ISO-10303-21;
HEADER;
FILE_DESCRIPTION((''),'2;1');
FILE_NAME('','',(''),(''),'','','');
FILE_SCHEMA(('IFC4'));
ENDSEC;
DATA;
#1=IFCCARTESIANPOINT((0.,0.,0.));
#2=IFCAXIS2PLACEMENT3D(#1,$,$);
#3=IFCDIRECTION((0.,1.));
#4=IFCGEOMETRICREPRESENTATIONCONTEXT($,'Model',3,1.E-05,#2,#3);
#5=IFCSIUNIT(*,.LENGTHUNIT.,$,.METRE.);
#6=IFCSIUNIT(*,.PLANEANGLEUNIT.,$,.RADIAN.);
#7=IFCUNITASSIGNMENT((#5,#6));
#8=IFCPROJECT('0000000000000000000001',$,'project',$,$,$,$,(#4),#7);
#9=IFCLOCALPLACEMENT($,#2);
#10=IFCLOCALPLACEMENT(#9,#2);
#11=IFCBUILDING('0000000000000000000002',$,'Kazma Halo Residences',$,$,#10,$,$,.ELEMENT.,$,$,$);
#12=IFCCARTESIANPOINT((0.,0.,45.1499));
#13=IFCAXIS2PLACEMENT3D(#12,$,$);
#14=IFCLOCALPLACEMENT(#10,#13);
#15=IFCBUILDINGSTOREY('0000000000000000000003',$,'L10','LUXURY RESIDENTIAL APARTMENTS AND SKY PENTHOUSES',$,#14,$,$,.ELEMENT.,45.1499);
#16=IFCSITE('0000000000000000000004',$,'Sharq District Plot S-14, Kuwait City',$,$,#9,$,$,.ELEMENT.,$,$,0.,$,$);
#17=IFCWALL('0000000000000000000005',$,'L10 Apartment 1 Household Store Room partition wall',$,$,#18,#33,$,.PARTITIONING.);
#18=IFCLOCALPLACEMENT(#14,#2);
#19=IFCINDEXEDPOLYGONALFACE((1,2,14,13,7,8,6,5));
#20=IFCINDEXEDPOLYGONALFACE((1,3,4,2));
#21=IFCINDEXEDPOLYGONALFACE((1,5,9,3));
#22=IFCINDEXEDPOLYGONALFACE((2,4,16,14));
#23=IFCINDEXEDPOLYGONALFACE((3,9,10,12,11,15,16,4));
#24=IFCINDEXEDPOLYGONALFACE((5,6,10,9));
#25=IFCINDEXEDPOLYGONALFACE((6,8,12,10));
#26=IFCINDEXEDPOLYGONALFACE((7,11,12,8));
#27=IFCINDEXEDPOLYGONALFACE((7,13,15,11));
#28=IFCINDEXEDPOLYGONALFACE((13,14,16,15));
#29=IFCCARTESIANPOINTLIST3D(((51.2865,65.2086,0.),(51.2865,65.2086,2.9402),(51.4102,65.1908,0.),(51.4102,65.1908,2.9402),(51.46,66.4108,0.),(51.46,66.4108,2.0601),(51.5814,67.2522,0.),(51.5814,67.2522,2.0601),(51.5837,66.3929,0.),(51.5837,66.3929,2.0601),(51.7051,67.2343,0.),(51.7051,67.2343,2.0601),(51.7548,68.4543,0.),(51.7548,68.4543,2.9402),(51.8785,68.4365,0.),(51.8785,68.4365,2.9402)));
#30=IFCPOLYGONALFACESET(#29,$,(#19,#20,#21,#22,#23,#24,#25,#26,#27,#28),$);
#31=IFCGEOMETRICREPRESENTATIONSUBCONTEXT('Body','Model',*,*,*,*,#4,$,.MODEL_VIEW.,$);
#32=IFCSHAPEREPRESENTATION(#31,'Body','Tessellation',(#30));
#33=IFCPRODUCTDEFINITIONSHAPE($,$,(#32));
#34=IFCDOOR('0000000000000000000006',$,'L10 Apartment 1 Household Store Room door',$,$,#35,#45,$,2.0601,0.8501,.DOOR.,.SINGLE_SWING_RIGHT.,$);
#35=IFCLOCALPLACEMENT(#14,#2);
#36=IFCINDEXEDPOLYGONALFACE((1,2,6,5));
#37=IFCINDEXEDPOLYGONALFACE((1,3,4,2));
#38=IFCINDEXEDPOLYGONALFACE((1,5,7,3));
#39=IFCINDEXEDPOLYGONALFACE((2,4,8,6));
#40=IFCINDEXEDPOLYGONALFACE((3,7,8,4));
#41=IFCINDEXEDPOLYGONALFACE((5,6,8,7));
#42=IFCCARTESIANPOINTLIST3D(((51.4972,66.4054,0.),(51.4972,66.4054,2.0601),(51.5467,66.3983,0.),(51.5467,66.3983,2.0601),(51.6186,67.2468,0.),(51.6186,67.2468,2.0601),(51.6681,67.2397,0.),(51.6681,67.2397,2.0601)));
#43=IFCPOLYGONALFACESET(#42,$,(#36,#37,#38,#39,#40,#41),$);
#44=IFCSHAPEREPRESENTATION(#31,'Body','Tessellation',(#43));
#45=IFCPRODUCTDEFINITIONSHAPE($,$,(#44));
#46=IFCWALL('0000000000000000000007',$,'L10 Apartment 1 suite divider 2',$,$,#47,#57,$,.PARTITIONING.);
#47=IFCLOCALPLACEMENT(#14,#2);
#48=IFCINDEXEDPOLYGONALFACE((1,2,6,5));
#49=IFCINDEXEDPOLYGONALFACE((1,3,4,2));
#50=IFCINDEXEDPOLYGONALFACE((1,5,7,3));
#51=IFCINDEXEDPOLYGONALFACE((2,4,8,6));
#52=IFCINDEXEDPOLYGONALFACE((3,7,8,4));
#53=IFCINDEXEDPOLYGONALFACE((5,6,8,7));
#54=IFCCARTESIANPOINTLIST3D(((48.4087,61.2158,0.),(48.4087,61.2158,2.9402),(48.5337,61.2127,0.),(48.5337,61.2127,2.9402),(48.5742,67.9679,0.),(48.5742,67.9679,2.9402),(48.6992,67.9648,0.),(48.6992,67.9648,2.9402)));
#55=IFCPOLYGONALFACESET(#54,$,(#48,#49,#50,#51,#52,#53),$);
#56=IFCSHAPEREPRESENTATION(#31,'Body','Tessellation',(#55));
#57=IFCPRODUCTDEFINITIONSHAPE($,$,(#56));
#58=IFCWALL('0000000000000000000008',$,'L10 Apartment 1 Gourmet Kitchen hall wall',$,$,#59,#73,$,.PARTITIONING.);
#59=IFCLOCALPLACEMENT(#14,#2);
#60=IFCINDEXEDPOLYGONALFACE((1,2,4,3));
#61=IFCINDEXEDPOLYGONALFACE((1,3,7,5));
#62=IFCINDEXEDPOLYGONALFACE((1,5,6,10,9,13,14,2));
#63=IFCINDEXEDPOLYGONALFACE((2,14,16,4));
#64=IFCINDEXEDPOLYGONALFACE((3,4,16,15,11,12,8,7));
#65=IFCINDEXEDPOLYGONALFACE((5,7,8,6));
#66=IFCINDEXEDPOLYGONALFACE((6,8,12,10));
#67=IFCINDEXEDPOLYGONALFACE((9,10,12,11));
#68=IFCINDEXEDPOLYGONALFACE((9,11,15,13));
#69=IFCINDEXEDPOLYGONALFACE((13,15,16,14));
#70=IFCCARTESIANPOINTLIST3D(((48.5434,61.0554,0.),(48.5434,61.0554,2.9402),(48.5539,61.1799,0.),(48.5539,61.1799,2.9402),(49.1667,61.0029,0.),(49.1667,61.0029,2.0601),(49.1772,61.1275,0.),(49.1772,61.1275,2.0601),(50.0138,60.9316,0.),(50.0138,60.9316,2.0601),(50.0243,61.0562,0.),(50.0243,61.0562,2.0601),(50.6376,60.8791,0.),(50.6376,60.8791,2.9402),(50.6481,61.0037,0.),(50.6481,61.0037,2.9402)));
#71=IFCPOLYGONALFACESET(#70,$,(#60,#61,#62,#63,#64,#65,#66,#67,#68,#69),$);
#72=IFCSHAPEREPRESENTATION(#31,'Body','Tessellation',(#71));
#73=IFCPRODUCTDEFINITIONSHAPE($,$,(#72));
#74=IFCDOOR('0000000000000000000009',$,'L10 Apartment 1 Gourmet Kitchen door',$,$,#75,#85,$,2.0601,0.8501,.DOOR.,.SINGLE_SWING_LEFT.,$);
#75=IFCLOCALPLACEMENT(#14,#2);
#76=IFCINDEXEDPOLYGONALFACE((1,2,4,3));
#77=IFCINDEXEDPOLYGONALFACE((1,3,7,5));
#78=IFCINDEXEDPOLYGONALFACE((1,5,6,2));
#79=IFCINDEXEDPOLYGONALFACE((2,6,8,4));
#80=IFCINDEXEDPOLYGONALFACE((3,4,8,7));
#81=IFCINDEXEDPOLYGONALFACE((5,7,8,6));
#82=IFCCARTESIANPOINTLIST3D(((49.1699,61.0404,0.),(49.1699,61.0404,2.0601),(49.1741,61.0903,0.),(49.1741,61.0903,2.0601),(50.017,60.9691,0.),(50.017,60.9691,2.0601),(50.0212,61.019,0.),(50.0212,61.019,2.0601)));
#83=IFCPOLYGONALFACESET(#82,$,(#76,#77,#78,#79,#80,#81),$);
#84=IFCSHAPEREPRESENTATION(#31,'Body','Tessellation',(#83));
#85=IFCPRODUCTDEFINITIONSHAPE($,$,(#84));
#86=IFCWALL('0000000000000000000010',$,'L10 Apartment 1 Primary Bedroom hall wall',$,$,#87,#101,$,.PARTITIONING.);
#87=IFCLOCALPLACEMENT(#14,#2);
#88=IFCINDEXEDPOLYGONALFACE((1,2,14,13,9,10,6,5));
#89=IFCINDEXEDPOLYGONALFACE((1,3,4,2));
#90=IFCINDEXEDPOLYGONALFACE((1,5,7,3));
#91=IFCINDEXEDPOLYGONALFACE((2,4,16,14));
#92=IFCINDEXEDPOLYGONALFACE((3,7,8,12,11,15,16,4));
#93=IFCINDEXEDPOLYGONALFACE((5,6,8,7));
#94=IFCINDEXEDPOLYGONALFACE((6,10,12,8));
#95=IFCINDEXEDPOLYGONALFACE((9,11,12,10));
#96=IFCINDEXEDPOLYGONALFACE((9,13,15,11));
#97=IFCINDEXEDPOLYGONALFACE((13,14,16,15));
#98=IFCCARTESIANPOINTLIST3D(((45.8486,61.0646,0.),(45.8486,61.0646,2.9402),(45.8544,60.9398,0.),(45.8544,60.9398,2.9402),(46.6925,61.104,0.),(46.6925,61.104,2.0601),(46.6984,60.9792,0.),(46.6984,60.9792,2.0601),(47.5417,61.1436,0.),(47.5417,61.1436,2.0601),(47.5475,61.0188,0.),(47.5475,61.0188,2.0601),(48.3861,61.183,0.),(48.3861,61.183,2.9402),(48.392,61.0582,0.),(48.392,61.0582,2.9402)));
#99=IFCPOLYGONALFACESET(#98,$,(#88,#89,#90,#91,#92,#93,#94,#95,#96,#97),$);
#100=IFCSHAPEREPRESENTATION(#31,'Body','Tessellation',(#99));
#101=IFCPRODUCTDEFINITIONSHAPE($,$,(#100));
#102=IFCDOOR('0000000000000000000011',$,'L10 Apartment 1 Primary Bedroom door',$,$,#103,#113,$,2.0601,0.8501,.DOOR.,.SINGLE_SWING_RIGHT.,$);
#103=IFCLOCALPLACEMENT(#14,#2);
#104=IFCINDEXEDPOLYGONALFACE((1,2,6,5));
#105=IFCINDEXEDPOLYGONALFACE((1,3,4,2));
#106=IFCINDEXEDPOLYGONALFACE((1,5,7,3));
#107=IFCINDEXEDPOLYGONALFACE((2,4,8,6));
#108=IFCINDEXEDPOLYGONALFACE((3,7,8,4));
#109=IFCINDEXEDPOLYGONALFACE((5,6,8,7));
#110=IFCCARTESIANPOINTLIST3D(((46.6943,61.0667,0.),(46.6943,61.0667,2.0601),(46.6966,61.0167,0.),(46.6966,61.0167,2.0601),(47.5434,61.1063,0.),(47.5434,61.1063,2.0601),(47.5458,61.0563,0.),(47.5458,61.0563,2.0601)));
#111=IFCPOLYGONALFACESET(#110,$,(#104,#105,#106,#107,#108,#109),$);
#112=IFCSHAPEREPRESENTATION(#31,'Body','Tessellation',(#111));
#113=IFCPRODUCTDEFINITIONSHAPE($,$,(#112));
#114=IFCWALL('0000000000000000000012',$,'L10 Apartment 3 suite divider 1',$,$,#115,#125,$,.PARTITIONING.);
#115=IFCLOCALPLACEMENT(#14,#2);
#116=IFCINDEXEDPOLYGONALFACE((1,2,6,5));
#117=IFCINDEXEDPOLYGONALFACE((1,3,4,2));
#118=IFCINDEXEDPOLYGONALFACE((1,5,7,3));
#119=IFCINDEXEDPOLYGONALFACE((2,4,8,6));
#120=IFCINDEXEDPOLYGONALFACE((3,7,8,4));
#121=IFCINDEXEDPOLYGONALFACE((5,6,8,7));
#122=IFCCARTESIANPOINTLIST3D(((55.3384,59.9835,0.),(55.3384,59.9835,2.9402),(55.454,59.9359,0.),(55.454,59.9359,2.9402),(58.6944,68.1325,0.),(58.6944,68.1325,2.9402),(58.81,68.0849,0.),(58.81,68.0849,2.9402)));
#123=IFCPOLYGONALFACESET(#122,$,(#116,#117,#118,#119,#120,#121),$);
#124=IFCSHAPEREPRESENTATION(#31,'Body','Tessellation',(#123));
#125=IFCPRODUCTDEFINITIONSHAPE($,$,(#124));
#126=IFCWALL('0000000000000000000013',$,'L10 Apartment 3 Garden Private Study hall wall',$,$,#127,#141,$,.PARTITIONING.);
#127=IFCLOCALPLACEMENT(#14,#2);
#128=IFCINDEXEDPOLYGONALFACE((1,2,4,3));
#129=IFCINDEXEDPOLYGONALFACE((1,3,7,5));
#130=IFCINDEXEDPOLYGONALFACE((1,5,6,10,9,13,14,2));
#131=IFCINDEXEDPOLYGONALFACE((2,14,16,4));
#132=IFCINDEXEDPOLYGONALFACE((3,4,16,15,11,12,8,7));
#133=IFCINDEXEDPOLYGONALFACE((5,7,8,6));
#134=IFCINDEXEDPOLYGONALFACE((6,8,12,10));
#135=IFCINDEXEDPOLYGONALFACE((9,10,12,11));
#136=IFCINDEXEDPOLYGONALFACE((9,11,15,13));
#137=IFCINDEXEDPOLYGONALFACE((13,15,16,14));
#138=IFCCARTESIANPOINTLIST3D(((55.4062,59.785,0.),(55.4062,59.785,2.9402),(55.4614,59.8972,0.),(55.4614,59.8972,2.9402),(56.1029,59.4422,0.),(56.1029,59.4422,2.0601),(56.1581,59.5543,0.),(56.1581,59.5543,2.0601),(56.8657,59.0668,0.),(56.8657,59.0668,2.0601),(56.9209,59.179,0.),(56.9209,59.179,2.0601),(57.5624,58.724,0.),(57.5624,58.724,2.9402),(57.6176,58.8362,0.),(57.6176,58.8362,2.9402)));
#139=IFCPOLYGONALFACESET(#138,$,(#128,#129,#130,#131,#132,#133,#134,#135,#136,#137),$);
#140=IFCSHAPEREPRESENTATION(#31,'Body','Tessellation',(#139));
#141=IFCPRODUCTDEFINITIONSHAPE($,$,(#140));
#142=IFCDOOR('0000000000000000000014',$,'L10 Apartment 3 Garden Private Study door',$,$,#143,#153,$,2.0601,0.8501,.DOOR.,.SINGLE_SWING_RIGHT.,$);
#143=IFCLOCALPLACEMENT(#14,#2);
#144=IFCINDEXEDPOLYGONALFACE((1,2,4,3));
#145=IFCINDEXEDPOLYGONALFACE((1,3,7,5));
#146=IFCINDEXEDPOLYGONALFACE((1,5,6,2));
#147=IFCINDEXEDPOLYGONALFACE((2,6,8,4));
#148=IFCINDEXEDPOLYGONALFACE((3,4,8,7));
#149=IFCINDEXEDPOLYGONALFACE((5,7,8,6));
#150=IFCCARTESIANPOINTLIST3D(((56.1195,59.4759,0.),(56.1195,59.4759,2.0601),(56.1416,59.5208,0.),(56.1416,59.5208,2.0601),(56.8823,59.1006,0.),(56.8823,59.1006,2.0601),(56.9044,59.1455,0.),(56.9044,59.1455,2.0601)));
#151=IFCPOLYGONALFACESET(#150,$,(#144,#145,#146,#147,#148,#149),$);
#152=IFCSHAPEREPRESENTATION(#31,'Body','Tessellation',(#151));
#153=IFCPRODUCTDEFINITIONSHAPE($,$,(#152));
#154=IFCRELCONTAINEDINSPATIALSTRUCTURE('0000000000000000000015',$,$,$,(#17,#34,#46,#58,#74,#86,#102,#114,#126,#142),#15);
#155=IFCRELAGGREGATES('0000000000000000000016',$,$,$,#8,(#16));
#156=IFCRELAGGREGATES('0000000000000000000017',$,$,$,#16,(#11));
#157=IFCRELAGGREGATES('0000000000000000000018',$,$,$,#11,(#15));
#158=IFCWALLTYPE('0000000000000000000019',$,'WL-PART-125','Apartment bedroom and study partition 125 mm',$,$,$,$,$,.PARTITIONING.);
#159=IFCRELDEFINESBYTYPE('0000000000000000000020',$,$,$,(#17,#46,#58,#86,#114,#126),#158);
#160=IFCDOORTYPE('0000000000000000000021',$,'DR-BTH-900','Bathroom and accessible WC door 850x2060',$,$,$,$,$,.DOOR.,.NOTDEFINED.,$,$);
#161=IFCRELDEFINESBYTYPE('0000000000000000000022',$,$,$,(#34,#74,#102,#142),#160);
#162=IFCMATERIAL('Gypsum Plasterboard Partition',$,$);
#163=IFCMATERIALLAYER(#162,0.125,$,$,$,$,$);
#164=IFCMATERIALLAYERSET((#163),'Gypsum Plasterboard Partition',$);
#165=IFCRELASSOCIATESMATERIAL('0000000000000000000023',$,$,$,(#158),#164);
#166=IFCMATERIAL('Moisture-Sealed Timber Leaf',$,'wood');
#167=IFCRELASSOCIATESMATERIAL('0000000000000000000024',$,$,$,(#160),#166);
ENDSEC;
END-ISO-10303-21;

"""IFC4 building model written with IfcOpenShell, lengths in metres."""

from ifc_helpers import new_model, si_unit, direction, frame, frame_2d, origin, place, context, subcontext, project, spatial, rectangle, extrude, material, layer, layer_set, type_object, element, fill, save


model = new_model("IFC4")

# Units and contexts
model_context = context("Model", 3, precision=1e-05, world=origin(), true_north=direction((0.0, 1.0)))
body_context = subcontext(model_context, "Body", "Model", "MODEL_VIEW")
ifc_project = project(units=[si_unit("LENGTHUNIT", "METRE"), si_unit("PLANEANGLEUNIT", "RADIAN")], contexts=[model_context])

# Site, building, storey
site_placement = place(None, origin())
site = spatial("IfcSite", under=ifc_project, at=site_placement, Name="Sharq District Plot S-14, Kuwait City", CompositionType="ELEMENT", RefElevation=0.0)
building_placement = place(site_placement, origin())
building = spatial("IfcBuilding", under=site, at=building_placement, Name="Kazma Halo Residences", CompositionType="ELEMENT")
storey_placement = place(building_placement, frame((0.0, 0.0, 45.1499)))
storey = spatial("IfcBuildingStorey", under=building, at=storey_placement, Name="L10", Description="LUXURY RESIDENTIAL APARTMENTS AND SKY PENTHOUSES", CompositionType="ELEMENT", Elevation=45.1499)

# Wall, opening, door
ifc_material_1 = material(Name="Gypsum Plasterboard Partition")
ifc_layer_1 = layer(ifc_material_1, 0.125)
ifc_layer_set_1 = layer_set([ifc_layer_1], Name="Gypsum Plasterboard Partition")
wall_type_1 = type_object("IfcWallType", Name="WL-PART-125", Description="Apartment bedroom and study partition 125 mm", PredefinedType="PARTITIONING", material=ifc_layer_set_1)
wall_1_placement = place(storey_placement, frame((51.3484, 65.1997, 0.0), z_axis=(0.0, 0.0, 1.0), x_axis=(0.142797, 0.989752, 0.0)))
wall_1 = element("IfcWall", 1, at=wall_1_placement, inside=storey, type_object=wall_type_1, Name="L10 Apartment 1 Household Store Room partition wall", PredefinedType="PARTITIONING", context=body_context, shape_type="SweptSolid", body=[
    extrude(rectangle(XDim=3.2793, YDim=0.125, at=frame_2d((1.6396, 0.0))), origin(), (0.0, 0.0, 1.0), 2.9402),
])
opening_1_placement = place(wall_1_placement, frame((1.2146, 0.0, 0.0)))
opening_1 = element("IfcOpeningElement", 2, at=opening_1_placement, cuts=wall_1, PredefinedType="OPENING", context=body_context, shape_type="SweptSolid", body=[
    extrude(rectangle(XDim=0.8501, YDim=2.0601, at=frame_2d((0.425, 1.03))), frame((0.0, 0.0725, 0.0), z_axis=(0.0, -1.0, 0.0), x_axis=(1.0, 0.0, 0.0)), (0.0, 0.0, 1.0), 0.145),
])
ifc_material_2 = material(Name="Moisture-Sealed Timber Leaf", Category="wood")
door_type = type_object("IfcDoorType", Name="DR-BTH-900", Description="Bathroom and accessible WC door 850x2060", OperationType="NOTDEFINED", PredefinedType="DOOR", material=ifc_material_2)
door_1_placement = place(opening_1_placement, origin())
door_1 = element("IfcDoor", 3, at=door_1_placement, inside=storey, type_object=door_type, Name="L10 Apartment 1 Household Store Room door", OperationType="SINGLE_SWING_RIGHT", OverallHeight=2.0601, OverallWidth=0.8501, PredefinedType="DOOR", context=body_context, shape_type="SweptSolid", body=[
    extrude(rectangle(XDim=0.8501, YDim=2.0601, at=frame_2d((0.425, 1.03))), frame((0.0, 0.0249, 0.0), z_axis=(0.0, -1.0, 0.0), x_axis=(1.0, 0.0, 0.0)), (0.0, 0.0, 1.0), 0.05),
])
fill(opening_1, door_1)

# Wall
wall_2_placement = place(storey_placement, frame((48.4712, 61.2144, 0.0), z_axis=(0.0, 0.0, 1.0), x_axis=(0.024507, 0.9997, 0.0)))
element("IfcWall", 4, at=wall_2_placement, inside=storey, type_object=wall_type_1, Name="L10 Apartment 1 suite divider 2", PredefinedType="PARTITIONING", context=body_context, shape_type="SweptSolid", body=[
    extrude(rectangle(XDim=6.7542, YDim=0.125, at=frame_2d((3.377, 0.0))), origin(), (0.0, 0.0, 1.0), 2.9402),
])

# Walls, openings, doors
wall_3_placement = place(storey_placement, frame((50.6428, 60.9414, 0.0), z_axis=(0.0, 0.0, 1.0), x_axis=(-0.996477, 0.083872, 0.0)))
wall_3 = element("IfcWall", 5, at=wall_3_placement, inside=storey, type_object=wall_type_1, Name="L10 Apartment 1 Gourmet Kitchen hall wall", PredefinedType="PARTITIONING", context=body_context, shape_type="SweptSolid", body=[
    extrude(rectangle(XDim=2.1016, YDim=0.125, at=frame_2d((1.0508, 0.0))), origin(), (0.0, 0.0, 1.0), 2.9402),
])
opening_2_placement = place(wall_3_placement, frame((0.626, 0.0, 0.0)))
opening_2 = element("IfcOpeningElement", 6, at=opening_2_placement, cuts=wall_3, PredefinedType="OPENING", context=body_context, shape_type="SweptSolid", body=[
    extrude(rectangle(XDim=0.8501, YDim=2.0601, at=frame_2d((0.425, 1.03))), frame((0.0, 0.0725, 0.0), z_axis=(0.0, -1.0, 0.0), x_axis=(1.0, 0.0, 0.0)), (0.0, 0.0, 1.0), 0.145),
])
door_2_placement = place(opening_2_placement, origin())
door_2 = element("IfcDoor", 7, at=door_2_placement, inside=storey, type_object=door_type, Name="L10 Apartment 1 Gourmet Kitchen door", OperationType="SINGLE_SWING_LEFT", OverallHeight=2.0601, OverallWidth=0.8501, PredefinedType="DOOR", context=body_context, shape_type="SweptSolid", body=[
    extrude(rectangle(XDim=0.8501, YDim=2.0601, at=frame_2d((0.425, 1.03))), frame((0.0, 0.0249, 0.0), z_axis=(0.0, -1.0, 0.0), x_axis=(1.0, 0.0, 0.0)), (0.0, 0.0, 1.0), 0.05),
])
fill(opening_2, door_2)
wall_4_placement = place(storey_placement, frame((48.3889, 61.1206, 0.0), z_axis=(0.0, 0.0, 1.0), x_axis=(-0.998913, -0.046611, 0.0)))
wall_4 = element("IfcWall", 8, at=wall_4_placement, inside=storey, type_object=wall_type_1, Name="L10 Apartment 1 Primary Bedroom hall wall", PredefinedType="PARTITIONING", context=body_context, shape_type="SweptSolid", body=[
    extrude(rectangle(XDim=2.5403, YDim=0.125, at=frame_2d((1.27, 0.0))), origin(), (0.0, 0.0, 1.0), 2.9402),
])
opening_3_placement = place(wall_4_placement, frame((0.8452, 0.0, 0.0)))
opening_3 = element("IfcOpeningElement", 9, at=opening_3_placement, cuts=wall_4, PredefinedType="OPENING", context=body_context, shape_type="SweptSolid", body=[
    extrude(rectangle(XDim=0.8501, YDim=2.0601, at=frame_2d((0.425, 1.03))), frame((0.0, 0.0725, 0.0), z_axis=(0.0, -1.0, 0.0), x_axis=(1.0, 0.0, 0.0)), (0.0, 0.0, 1.0), 0.145),
])
door_3_placement = place(opening_3_placement, origin())
door_3 = element("IfcDoor", 10, at=door_3_placement, inside=storey, type_object=door_type, Name="L10 Apartment 1 Primary Bedroom door", OperationType="SINGLE_SWING_RIGHT", OverallHeight=2.0601, OverallWidth=0.8501, PredefinedType="DOOR", context=body_context, shape_type="SweptSolid", body=[
    extrude(rectangle(XDim=0.8501, YDim=2.0601, at=frame_2d((0.425, 1.03))), frame((0.0, 0.0249, 0.0), z_axis=(0.0, -1.0, 0.0), x_axis=(1.0, 0.0, 0.0)), (0.0, 0.0, 1.0), 0.05),
])
fill(opening_3, door_3)

# Wall
wall_5_placement = place(storey_placement, frame((55.3962, 59.9597, 0.0), z_axis=(0.0, 0.0, 1.0), x_axis=(0.3808, 0.924657, 0.0)))
element("IfcWall", 11, at=wall_5_placement, inside=storey, type_object=wall_type_1, Name="L10 Apartment 3 suite divider 1", PredefinedType="PARTITIONING", context=body_context, shape_type="SweptSolid", body=[
    extrude(rectangle(XDim=8.813, YDim=0.125, at=frame_2d((4.4065, 0.0))), origin(), (0.0, 0.0, 1.0), 2.9402),
])

# Wall, opening, door
wall_6_placement = place(storey_placement, frame((57.5901, 58.78, 0.0), z_axis=(0.0, 0.0, 1.0), x_axis=(-0.897254, 0.441515, 0.0)))
wall_6 = element("IfcWall", 12, at=wall_6_placement, inside=storey, type_object=wall_type_1, Name="L10 Apartment 3 Garden Private Study hall wall", PredefinedType="PARTITIONING", context=body_context, shape_type="SweptSolid", body=[
    extrude(rectangle(XDim=2.4031, YDim=0.125, at=frame_2d((1.2017, 0.0))), origin(), (0.0, 0.0, 1.0), 2.9402),
])
opening_4_placement = place(wall_6_placement, frame((0.7766, 0.0, 0.0)))
opening_4 = element("IfcOpeningElement", 13, at=opening_4_placement, cuts=wall_6, PredefinedType="OPENING", context=body_context, shape_type="SweptSolid", body=[
    extrude(rectangle(XDim=0.8501, YDim=2.0601, at=frame_2d((0.425, 1.03))), frame((0.0, 0.0725, 0.0), z_axis=(0.0, -1.0, 0.0), x_axis=(1.0, 0.0, 0.0)), (0.0, 0.0, 1.0), 0.145),
])
door_4_placement = place(opening_4_placement, origin())
door_4 = element("IfcDoor", 14, at=door_4_placement, inside=storey, type_object=door_type, Name="L10 Apartment 3 Garden Private Study door", OperationType="SINGLE_SWING_RIGHT", OverallHeight=2.0601, OverallWidth=0.8501, PredefinedType="DOOR", context=body_context, shape_type="SweptSolid", body=[
    extrude(rectangle(XDim=0.8501, YDim=2.0601, at=frame_2d((0.425, 1.03))), frame((0.0, 0.0249, 0.0), z_axis=(0.0, -1.0, 0.0), x_axis=(1.0, 0.0, 0.0)), (0.0, 0.0, 1.0), 0.05),
])
fill(opening_4, door_4)

save(model, "model.ifc")
